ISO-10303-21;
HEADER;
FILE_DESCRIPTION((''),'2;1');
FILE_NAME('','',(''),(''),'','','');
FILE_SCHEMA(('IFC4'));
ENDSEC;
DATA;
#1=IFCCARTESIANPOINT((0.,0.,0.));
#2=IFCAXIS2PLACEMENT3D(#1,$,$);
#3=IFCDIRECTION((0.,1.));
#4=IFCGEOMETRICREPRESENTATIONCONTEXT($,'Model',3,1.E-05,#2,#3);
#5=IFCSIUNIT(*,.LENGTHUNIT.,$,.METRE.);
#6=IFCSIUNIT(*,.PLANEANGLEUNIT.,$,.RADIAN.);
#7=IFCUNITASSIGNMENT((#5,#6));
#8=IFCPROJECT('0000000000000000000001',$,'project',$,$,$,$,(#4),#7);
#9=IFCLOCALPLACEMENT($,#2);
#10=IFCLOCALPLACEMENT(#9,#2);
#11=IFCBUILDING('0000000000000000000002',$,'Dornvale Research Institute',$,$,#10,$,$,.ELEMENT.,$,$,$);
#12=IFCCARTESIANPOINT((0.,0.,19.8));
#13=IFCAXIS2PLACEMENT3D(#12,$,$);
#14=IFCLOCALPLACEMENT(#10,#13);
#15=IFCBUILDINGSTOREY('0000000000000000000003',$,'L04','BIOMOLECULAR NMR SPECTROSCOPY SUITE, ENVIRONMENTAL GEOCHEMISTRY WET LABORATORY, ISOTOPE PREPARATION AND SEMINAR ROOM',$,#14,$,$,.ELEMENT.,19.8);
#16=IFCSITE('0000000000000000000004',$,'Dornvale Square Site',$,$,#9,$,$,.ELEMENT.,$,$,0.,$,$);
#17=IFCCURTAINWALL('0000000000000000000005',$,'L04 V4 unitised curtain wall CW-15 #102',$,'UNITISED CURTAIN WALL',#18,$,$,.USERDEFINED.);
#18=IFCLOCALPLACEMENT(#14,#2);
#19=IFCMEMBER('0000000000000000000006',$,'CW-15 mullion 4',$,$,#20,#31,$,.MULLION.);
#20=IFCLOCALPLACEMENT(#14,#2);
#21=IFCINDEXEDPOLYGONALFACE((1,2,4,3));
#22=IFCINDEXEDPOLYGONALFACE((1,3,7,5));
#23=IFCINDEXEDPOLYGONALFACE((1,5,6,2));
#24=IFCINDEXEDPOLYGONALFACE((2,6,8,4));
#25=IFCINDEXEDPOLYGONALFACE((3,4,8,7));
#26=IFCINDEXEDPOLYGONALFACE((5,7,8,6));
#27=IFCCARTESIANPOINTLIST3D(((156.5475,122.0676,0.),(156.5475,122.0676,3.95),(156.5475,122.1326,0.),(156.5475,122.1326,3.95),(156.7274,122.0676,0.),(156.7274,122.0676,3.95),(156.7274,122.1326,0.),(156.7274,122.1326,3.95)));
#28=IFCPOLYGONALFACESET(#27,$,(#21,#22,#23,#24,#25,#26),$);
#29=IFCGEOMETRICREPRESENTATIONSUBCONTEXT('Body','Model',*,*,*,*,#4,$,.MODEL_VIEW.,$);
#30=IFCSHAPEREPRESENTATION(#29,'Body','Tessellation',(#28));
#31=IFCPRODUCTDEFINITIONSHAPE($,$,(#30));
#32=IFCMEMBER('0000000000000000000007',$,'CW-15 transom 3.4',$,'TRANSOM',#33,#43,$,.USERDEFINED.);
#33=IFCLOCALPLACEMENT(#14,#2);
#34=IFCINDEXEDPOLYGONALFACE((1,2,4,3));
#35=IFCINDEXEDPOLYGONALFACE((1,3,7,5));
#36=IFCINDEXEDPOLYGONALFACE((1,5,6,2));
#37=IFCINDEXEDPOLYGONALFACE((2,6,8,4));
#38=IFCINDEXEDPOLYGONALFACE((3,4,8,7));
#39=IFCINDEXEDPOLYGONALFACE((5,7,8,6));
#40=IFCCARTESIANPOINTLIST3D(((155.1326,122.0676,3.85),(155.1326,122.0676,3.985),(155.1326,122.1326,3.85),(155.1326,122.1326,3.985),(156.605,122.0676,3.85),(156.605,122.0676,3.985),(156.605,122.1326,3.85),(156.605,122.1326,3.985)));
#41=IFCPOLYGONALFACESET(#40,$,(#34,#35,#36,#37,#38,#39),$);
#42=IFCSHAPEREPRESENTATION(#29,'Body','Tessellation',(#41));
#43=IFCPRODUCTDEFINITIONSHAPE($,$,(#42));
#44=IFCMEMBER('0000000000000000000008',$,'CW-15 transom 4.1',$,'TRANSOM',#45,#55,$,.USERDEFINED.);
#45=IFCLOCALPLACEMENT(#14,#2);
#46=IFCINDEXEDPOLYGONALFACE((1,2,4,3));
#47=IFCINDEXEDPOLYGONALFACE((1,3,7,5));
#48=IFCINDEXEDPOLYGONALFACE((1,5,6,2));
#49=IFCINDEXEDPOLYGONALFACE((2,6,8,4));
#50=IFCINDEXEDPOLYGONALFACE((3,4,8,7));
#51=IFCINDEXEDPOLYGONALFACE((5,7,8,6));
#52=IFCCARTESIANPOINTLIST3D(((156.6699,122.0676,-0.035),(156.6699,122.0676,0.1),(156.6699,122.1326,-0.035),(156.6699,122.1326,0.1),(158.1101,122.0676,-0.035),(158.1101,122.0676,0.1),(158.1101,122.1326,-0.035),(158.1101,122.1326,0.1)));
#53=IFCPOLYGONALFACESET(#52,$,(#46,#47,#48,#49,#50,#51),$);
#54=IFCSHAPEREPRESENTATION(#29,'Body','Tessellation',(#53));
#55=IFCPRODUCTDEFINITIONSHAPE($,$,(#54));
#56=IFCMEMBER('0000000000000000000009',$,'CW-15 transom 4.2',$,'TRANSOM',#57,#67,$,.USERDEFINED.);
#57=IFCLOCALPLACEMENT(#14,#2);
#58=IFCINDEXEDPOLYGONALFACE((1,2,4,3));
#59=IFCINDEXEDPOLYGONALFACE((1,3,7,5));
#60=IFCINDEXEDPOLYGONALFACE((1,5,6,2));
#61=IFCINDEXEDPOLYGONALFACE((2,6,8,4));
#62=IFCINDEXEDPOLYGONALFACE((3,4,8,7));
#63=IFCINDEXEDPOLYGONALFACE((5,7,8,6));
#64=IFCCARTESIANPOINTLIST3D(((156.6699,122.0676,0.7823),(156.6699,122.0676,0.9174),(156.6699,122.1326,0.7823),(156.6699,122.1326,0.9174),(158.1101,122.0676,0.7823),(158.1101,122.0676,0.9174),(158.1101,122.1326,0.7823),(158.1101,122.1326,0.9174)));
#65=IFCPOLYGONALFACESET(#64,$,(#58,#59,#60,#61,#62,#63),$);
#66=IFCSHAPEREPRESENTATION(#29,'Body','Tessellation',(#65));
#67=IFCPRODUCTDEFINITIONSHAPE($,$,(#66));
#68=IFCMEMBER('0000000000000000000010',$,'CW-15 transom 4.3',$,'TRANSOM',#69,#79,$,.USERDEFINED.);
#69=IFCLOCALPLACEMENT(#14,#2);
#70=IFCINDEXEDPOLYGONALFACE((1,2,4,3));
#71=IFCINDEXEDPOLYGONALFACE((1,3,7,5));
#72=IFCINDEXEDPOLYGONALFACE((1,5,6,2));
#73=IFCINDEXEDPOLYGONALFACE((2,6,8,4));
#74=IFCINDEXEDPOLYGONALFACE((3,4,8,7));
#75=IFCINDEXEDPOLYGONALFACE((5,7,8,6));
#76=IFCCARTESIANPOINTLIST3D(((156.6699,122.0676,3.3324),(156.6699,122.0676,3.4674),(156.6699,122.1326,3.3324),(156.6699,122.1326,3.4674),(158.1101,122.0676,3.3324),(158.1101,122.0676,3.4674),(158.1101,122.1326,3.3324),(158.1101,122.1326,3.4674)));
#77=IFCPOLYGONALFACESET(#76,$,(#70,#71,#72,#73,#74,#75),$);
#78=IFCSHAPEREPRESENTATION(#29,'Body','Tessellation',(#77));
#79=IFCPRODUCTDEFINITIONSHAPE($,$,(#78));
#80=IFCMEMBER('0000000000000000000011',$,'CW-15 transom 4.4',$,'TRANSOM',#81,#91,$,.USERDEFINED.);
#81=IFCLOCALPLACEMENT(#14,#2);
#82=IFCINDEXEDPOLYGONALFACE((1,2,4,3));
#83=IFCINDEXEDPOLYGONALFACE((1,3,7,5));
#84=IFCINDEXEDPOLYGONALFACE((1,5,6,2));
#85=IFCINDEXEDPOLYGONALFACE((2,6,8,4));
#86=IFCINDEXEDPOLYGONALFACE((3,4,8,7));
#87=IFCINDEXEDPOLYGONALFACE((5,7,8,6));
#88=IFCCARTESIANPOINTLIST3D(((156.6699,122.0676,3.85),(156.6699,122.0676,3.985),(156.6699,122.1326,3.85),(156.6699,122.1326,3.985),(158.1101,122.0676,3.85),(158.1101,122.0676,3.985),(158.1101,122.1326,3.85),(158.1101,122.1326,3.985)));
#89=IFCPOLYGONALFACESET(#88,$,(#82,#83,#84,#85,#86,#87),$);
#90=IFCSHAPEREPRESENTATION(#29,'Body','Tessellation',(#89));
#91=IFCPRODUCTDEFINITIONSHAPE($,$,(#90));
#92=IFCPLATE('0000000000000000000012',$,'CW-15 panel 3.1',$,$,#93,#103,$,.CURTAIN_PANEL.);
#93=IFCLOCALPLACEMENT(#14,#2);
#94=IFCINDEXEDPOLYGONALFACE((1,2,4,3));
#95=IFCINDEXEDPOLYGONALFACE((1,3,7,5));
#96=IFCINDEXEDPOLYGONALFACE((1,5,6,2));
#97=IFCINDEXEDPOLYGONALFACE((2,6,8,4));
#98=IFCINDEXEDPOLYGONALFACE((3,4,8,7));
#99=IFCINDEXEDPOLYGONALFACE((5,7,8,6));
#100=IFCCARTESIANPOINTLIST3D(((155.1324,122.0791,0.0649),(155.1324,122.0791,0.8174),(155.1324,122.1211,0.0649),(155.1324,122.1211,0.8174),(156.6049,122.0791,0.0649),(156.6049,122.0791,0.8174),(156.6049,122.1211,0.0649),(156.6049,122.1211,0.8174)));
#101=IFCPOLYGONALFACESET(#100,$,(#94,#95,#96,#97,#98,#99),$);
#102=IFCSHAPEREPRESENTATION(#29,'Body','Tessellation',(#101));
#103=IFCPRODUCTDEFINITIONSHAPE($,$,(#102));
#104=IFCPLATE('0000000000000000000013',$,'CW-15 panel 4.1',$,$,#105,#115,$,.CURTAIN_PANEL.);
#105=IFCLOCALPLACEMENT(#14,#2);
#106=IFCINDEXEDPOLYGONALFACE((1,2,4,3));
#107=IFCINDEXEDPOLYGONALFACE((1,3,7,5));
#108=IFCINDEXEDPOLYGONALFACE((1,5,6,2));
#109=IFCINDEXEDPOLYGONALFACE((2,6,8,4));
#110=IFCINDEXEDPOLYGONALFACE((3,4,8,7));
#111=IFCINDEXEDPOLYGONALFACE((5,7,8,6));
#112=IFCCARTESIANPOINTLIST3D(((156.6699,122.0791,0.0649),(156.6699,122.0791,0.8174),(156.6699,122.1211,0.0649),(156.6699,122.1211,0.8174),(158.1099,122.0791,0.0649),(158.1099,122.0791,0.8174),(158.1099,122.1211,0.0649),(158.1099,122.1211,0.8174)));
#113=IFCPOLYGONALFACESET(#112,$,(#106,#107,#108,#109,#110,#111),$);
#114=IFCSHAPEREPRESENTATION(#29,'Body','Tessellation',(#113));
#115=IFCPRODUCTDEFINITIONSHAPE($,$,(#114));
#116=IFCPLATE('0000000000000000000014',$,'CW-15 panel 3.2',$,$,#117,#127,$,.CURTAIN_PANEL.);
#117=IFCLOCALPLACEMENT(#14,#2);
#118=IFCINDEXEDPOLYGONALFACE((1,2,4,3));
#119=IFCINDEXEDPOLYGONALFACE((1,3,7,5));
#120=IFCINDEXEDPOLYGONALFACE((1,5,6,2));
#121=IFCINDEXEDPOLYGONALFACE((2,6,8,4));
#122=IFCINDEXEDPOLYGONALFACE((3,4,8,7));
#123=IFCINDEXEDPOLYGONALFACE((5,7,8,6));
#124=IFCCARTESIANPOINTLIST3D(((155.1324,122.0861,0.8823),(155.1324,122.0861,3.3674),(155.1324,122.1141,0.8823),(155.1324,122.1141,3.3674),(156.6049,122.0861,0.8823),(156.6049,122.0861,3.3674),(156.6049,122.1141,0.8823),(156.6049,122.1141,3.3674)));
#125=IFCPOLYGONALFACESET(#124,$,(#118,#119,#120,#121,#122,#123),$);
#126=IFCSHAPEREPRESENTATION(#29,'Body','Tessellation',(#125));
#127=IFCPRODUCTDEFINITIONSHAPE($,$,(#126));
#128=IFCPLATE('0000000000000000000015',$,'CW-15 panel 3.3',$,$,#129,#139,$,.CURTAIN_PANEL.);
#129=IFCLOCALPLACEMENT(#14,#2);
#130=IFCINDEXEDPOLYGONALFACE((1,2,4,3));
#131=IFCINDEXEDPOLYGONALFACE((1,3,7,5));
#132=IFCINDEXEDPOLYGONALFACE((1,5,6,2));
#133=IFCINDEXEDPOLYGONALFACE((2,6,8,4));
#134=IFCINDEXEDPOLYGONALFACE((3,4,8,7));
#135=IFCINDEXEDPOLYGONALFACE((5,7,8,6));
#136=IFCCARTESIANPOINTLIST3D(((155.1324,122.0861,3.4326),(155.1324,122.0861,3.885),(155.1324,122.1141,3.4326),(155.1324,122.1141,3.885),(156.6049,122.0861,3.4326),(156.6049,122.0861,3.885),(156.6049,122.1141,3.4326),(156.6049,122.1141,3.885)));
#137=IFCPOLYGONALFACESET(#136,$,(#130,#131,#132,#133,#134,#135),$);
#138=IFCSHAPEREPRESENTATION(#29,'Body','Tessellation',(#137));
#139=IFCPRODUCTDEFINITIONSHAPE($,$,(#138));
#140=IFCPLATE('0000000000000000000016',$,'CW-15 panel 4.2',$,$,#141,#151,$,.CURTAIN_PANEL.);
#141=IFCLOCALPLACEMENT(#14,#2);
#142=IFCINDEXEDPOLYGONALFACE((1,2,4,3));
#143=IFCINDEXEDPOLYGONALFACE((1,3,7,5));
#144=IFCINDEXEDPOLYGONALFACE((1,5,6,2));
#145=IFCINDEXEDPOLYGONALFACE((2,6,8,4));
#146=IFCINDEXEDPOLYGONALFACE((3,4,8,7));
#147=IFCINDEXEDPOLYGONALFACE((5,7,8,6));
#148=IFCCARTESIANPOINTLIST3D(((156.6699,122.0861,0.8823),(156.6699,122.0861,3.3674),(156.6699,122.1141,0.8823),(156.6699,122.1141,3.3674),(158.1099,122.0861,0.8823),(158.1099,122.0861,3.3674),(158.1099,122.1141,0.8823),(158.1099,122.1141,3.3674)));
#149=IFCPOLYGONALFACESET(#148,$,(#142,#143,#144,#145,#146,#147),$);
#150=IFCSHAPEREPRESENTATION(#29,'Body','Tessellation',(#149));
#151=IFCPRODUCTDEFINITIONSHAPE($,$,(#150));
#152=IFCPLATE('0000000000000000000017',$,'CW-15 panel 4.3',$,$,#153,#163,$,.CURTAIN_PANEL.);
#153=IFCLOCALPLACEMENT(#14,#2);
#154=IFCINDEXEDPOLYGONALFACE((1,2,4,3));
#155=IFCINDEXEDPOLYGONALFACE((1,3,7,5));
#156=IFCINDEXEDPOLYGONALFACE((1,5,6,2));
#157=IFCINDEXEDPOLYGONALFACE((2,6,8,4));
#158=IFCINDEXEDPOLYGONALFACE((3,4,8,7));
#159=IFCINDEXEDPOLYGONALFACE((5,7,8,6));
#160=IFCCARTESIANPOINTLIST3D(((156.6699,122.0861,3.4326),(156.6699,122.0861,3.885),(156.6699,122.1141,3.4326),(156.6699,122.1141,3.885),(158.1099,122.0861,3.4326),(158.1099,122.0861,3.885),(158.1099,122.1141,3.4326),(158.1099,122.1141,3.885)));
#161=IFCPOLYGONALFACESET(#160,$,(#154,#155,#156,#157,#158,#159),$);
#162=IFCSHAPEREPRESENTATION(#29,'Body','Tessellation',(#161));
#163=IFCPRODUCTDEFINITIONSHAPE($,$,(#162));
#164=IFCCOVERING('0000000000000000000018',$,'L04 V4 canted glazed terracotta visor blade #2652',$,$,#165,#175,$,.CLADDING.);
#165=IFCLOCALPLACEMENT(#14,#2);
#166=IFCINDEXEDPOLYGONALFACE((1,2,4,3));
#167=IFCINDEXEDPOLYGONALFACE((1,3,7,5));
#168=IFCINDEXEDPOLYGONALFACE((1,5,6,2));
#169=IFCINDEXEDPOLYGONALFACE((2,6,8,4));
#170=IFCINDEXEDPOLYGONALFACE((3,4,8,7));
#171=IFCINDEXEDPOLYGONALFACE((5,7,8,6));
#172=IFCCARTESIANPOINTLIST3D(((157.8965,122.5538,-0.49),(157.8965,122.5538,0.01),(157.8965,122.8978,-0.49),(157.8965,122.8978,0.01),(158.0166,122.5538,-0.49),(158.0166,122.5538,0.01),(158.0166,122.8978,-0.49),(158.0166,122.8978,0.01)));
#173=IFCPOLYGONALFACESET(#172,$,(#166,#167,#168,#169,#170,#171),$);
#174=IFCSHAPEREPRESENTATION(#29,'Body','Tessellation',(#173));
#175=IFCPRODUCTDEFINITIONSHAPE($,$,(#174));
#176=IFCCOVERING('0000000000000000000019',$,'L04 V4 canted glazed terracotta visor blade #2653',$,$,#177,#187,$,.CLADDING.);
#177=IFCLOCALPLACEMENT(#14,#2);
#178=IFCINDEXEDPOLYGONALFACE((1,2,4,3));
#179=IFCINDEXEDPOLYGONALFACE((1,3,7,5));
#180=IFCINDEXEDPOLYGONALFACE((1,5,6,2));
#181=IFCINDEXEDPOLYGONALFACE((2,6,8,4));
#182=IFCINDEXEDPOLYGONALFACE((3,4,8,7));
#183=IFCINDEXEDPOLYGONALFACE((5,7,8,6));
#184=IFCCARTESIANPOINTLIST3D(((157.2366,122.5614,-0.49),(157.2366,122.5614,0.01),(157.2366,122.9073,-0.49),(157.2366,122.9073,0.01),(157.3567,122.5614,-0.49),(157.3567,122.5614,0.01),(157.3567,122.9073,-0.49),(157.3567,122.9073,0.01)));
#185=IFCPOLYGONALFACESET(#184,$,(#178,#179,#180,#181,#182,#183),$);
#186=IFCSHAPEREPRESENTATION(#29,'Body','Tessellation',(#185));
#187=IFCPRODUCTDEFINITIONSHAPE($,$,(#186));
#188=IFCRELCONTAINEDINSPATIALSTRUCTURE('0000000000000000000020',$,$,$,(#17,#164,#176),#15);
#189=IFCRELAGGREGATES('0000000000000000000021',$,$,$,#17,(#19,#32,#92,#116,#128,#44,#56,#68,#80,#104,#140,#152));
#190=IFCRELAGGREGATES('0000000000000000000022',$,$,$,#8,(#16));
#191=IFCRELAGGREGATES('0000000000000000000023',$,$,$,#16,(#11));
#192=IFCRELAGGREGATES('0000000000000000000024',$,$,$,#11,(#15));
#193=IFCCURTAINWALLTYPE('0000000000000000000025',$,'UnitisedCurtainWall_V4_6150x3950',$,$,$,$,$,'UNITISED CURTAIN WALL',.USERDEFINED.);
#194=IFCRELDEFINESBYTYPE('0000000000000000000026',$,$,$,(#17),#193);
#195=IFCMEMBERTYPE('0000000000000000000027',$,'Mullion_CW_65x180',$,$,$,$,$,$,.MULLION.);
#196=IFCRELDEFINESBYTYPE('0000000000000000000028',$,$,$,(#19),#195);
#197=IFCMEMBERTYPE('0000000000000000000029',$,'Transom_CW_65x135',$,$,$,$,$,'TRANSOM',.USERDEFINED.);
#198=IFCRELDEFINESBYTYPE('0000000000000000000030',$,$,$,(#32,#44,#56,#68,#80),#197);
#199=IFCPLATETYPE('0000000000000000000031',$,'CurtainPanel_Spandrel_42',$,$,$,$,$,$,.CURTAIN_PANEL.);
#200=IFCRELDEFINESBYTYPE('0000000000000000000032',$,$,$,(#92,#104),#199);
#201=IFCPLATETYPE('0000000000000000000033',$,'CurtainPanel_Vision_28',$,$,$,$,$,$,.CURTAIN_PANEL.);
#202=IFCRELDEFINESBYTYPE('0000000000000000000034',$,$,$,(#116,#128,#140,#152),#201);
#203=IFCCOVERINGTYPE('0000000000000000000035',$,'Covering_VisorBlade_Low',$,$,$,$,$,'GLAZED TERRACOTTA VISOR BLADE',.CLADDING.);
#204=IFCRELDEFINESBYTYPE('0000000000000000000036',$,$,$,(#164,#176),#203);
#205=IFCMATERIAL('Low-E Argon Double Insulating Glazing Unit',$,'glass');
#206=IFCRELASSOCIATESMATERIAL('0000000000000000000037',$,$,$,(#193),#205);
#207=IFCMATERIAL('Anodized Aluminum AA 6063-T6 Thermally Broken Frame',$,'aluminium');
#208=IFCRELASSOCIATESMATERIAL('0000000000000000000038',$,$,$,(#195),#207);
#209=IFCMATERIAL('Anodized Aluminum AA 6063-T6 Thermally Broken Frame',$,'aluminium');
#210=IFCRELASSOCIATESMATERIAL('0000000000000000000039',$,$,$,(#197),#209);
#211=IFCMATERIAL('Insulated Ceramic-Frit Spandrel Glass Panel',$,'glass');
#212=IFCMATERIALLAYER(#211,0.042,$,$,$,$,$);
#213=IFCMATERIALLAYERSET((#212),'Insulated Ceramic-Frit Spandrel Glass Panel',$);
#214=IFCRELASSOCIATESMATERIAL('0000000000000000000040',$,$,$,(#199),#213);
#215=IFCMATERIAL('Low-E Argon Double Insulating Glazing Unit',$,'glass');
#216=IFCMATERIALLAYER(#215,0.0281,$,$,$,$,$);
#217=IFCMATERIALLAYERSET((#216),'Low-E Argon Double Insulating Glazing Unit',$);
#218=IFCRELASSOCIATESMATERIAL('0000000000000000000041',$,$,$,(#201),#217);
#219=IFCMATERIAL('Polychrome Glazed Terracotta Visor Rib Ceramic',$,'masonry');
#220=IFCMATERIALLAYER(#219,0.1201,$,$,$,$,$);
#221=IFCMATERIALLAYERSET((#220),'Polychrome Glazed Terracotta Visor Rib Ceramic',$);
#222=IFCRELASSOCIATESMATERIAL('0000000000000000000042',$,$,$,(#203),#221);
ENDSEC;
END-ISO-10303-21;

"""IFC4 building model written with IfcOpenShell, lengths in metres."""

from ifc_helpers import new_model, si_unit, direction, frame, origin, origin_2d, place, context, subcontext, project, spatial, rectangle, extrude, material, layer, layer_set, material_profile, profile_set, type_object, element, aggregate, save


model = new_model("IFC4")

# Units and contexts
model_context = context("Model", 3, precision=1e-05, world=origin(), true_north=direction((0.0, 1.0)))
body_context = subcontext(model_context, "Body", "Model", "MODEL_VIEW")
ifc_project = project(units=[si_unit("LENGTHUNIT", "METRE"), si_unit("PLANEANGLEUNIT", "RADIAN")], contexts=[model_context])

# Site, building, storey
site_placement = place(None, origin())
site = spatial("IfcSite", under=ifc_project, at=site_placement, Name="Dornvale Square Site", CompositionType="ELEMENT", RefElevation=0.0)
building_placement = place(site_placement, origin())
building = spatial("IfcBuilding", under=site, at=building_placement, Name="Dornvale Research Institute", CompositionType="ELEMENT")
storey_placement = place(building_placement, frame((0.0, 0.0, 19.8)))
storey = spatial("IfcBuildingStorey", under=building, at=storey_placement, Name="L04", Description="BIOMOLECULAR NMR SPECTROSCOPY SUITE, ENVIRONMENTAL GEOCHEMISTRY WET LABORATORY, ISOTOPE PREPARATION AND SEMINAR ROOM", CompositionType="ELEMENT", Elevation=19.8)

# Curtain wall, members, plates
ifc_material_1 = material(Name="Low-E Argon Double Insulating Glazing Unit", Category="glass")
curtain_wall_type = type_object("IfcCurtainWallType", Name="UnitisedCurtainWall_V4_6150x3950", ElementType="UNITISED CURTAIN WALL", PredefinedType="USERDEFINED", material=ifc_material_1)
curtain_wall_placement = place(storey_placement, origin())
curtain_wall = element("IfcCurtainWall", 1, at=curtain_wall_placement, inside=storey, type_object=curtain_wall_type, Name="L04 V4 unitised curtain wall CW-15 #102", ObjectType="UNITISED CURTAIN WALL", PredefinedType="USERDEFINED")
ifc_material_2 = material(Name="Anodized Aluminum AA 6063-T6 Thermally Broken Frame", Category="aluminium")
ifc_material_profile_1 = material_profile(ifc_material_2, rectangle(XDim=0.0649, YDim=0.1799, at=origin_2d()), Name="ALU MULLION 65x180")
ifc_profile_set_1 = profile_set([ifc_material_profile_1], Name="Anodized Aluminum AA 6063-T6 Thermally Broken Frame")
member_type_1 = type_object("IfcMemberType", Name="Mullion_CW_65x180", PredefinedType="MULLION", material=ifc_profile_set_1)
member_1_placement = place(storey_placement, frame((156.6375, 122.1001, 0.0), z_axis=(0.0, 0.0, 1.0), x_axis=(0.0, 1.0, 0.0)))
member_1 = element("IfcMember", 2, at=member_1_placement, type_object=member_type_1, Name="CW-15 mullion 4", PredefinedType="MULLION", context=body_context, shape_type="SweptSolid", body=[
    extrude(rectangle(XDim=0.0649, YDim=0.1799, at=origin_2d()), origin(), (0.0, 0.0, 1.0), 3.95),
])
ifc_material_3 = material(Name="Anodized Aluminum AA 6063-T6 Thermally Broken Frame", Category="aluminium")
ifc_material_profile_2 = material_profile(ifc_material_3, rectangle(XDim=0.0649, YDim=0.135, at=origin_2d()), Name="ALU TRANSOM 65x135")
ifc_profile_set_2 = profile_set([ifc_material_profile_2], Name="Anodized Aluminum AA 6063-T6 Thermally Broken Frame")
member_type_2 = type_object("IfcMemberType", Name="Transom_CW_65x135", ElementType="TRANSOM", PredefinedType="USERDEFINED", material=ifc_profile_set_2)
member_2_placement = place(storey_placement, frame((155.1326, 122.1001, 3.9175), z_axis=(1.0, 0.0, 0.0), x_axis=(0.0, 1.0, 0.0)))
member_2 = element("IfcMember", 3, at=member_2_placement, type_object=member_type_2, Name="CW-15 transom 3.4", ObjectType="TRANSOM", PredefinedType="USERDEFINED", context=body_context, shape_type="SweptSolid", body=[
    extrude(rectangle(XDim=0.0649, YDim=0.135, at=origin_2d()), origin(), (0.0, 0.0, 1.0), 1.4724),
])
member_3_placement = place(storey_placement, frame((156.6699, 122.1001, 0.0325), z_axis=(1.0, 0.0, 0.0), x_axis=(0.0, 1.0, 0.0)))
member_3 = element("IfcMember", 4, at=member_3_placement, type_object=member_type_2, Name="CW-15 transom 4.1", ObjectType="TRANSOM", PredefinedType="USERDEFINED", context=body_context, shape_type="SweptSolid", body=[
    extrude(rectangle(XDim=0.0649, YDim=0.135, at=origin_2d()), origin(), (0.0, 0.0, 1.0), 1.4402),
])
member_4_placement = place(storey_placement, frame((156.6699, 122.1001, 0.8499), z_axis=(1.0, 0.0, 0.0), x_axis=(0.0, 1.0, 0.0)))
member_4 = element("IfcMember", 5, at=member_4_placement, type_object=member_type_2, Name="CW-15 transom 4.2", ObjectType="TRANSOM", PredefinedType="USERDEFINED", context=body_context, shape_type="SweptSolid", body=[
    extrude(rectangle(XDim=0.0649, YDim=0.135, at=origin_2d()), origin(), (0.0, 0.0, 1.0), 1.4402),
])
member_5_placement = place(storey_placement, frame((156.6699, 122.1001, 3.3999), z_axis=(1.0, 0.0, 0.0), x_axis=(0.0, 1.0, 0.0)))
member_5 = element("IfcMember", 6, at=member_5_placement, type_object=member_type_2, Name="CW-15 transom 4.3", ObjectType="TRANSOM", PredefinedType="USERDEFINED", context=body_context, shape_type="SweptSolid", body=[
    extrude(rectangle(XDim=0.0649, YDim=0.135, at=origin_2d()), origin(), (0.0, 0.0, 1.0), 1.4402),
])
member_6_placement = place(storey_placement, frame((156.6699, 122.1001, 3.9175), z_axis=(1.0, 0.0, 0.0), x_axis=(0.0, 1.0, 0.0)))
member_6 = element("IfcMember", 7, at=member_6_placement, type_object=member_type_2, Name="CW-15 transom 4.4", ObjectType="TRANSOM", PredefinedType="USERDEFINED", context=body_context, shape_type="SweptSolid", body=[
    extrude(rectangle(XDim=0.0649, YDim=0.135, at=origin_2d()), origin(), (0.0, 0.0, 1.0), 1.4402),
])
ifc_material_4 = material(Name="Insulated Ceramic-Frit Spandrel Glass Panel", Category="glass")
ifc_layer_1 = layer(ifc_material_4, 0.042)
ifc_layer_set_1 = layer_set([ifc_layer_1], Name="Insulated Ceramic-Frit Spandrel Glass Panel")
plate_type_1 = type_object("IfcPlateType", Name="CurtainPanel_Spandrel_42", PredefinedType="CURTAIN_PANEL", material=ifc_layer_set_1)
plate_1_placement = place(storey_placement, frame((155.8687, 122.1001, 0.0649), z_axis=(0.0, 0.0, 1.0), x_axis=(1.0, 0.0, 0.0)))
plate_1 = element("IfcPlate", 8, at=plate_1_placement, type_object=plate_type_1, Name="CW-15 panel 3.1", PredefinedType="CURTAIN_PANEL", context=body_context, shape_type="SweptSolid", body=[
    extrude(rectangle(XDim=1.4724, YDim=0.042, at=origin_2d()), origin(), (0.0, 0.0, 1.0), 0.7524),
])
plate_2_placement = place(storey_placement, frame((157.3899, 122.1001, 0.0649), z_axis=(0.0, 0.0, 1.0), x_axis=(1.0, 0.0, 0.0)))
plate_2 = element("IfcPlate", 9, at=plate_2_placement, type_object=plate_type_1, Name="CW-15 panel 4.1", PredefinedType="CURTAIN_PANEL", context=body_context, shape_type="SweptSolid", body=[
    extrude(rectangle(XDim=1.4399, YDim=0.042, at=origin_2d()), origin(), (0.0, 0.0, 1.0), 0.7524),
])
ifc_material_5 = material(Name="Low-E Argon Double Insulating Glazing Unit", Category="glass")
ifc_layer_2 = layer(ifc_material_5, 0.0281)
ifc_layer_set_2 = layer_set([ifc_layer_2], Name="Low-E Argon Double Insulating Glazing Unit")
plate_type_2 = type_object("IfcPlateType", Name="CurtainPanel_Vision_28", PredefinedType="CURTAIN_PANEL", material=ifc_layer_set_2)
plate_3_placement = place(storey_placement, frame((155.8687, 122.1001, 0.8823), z_axis=(0.0, 0.0, 1.0), x_axis=(1.0, 0.0, 0.0)))
plate_3 = element("IfcPlate", 10, at=plate_3_placement, type_object=plate_type_2, Name="CW-15 panel 3.2", PredefinedType="CURTAIN_PANEL", context=body_context, shape_type="SweptSolid", body=[
    extrude(rectangle(XDim=1.4724, YDim=0.0281, at=origin_2d()), origin(), (0.0, 0.0, 1.0), 2.4851),
])
plate_4_placement = place(storey_placement, frame((155.8687, 122.1001, 3.4326), z_axis=(0.0, 0.0, 1.0), x_axis=(1.0, 0.0, 0.0)))
plate_4 = element("IfcPlate", 11, at=plate_4_placement, type_object=plate_type_2, Name="CW-15 panel 3.3", PredefinedType="CURTAIN_PANEL", context=body_context, shape_type="SweptSolid", body=[
    extrude(rectangle(XDim=1.4724, YDim=0.0281, at=origin_2d()), origin(), (0.0, 0.0, 1.0), 0.4524),
])
plate_5_placement = place(storey_placement, frame((157.3899, 122.1001, 0.8823), z_axis=(0.0, 0.0, 1.0), x_axis=(1.0, 0.0, 0.0)))
plate_5 = element("IfcPlate", 12, at=plate_5_placement, type_object=plate_type_2, Name="CW-15 panel 4.2", PredefinedType="CURTAIN_PANEL", context=body_context, shape_type="SweptSolid", body=[
    extrude(rectangle(XDim=1.4399, YDim=0.0281, at=origin_2d()), origin(), (0.0, 0.0, 1.0), 2.4851),
])
plate_6_placement = place(storey_placement, frame((157.3899, 122.1001, 3.4326), z_axis=(0.0, 0.0, 1.0), x_axis=(1.0, 0.0, 0.0)))
plate_6 = element("IfcPlate", 13, at=plate_6_placement, type_object=plate_type_2, Name="CW-15 panel 4.3", PredefinedType="CURTAIN_PANEL", context=body_context, shape_type="SweptSolid", body=[
    extrude(rectangle(XDim=1.4399, YDim=0.0281, at=origin_2d()), origin(), (0.0, 0.0, 1.0), 0.4524),
])
aggregate(curtain_wall, [member_1, member_2, plate_1, plate_3, plate_4, member_3, member_4, member_5, member_6, plate_2, plate_5, plate_6])

# Coverings
ifc_material_6 = material(Name="Polychrome Glazed Terracotta Visor Rib Ceramic", Category="masonry")
ifc_layer_3 = layer(ifc_material_6, 0.1201)
ifc_layer_set_3 = layer_set([ifc_layer_3], Name="Polychrome Glazed Terracotta Visor Rib Ceramic")
covering_type = type_object("IfcCoveringType", Name="Covering_VisorBlade_Low", ElementType="GLAZED TERRACOTTA VISOR BLADE", PredefinedType="CLADDING", material=ifc_layer_set_3)
covering_1_placement = place(storey_placement, frame((157.9565, 122.7258, -0.49), z_axis=(0.0, 0.0, 1.0), x_axis=(0.0, 1.0, 0.0)))
element("IfcCovering", 14, at=covering_1_placement, inside=storey, type_object=covering_type, Name="L04 V4 canted glazed terracotta visor blade #2652", PredefinedType="CLADDING", context=body_context, shape_type="SweptSolid", body=[
    extrude(rectangle(XDim=0.344, YDim=0.1201, at=origin_2d()), origin(), (0.0, 0.0, 1.0), 0.5),
])
covering_2_placement = place(storey_placement, frame((157.2966, 122.7344, -0.49), z_axis=(0.0, 0.0, 1.0), x_axis=(0.0, 1.0, 0.0)))
element("IfcCovering", 15, at=covering_2_placement, inside=storey, type_object=covering_type, Name="L04 V4 canted glazed terracotta visor blade #2653", PredefinedType="CLADDING", context=body_context, shape_type="SweptSolid", body=[
    extrude(rectangle(XDim=0.3459, YDim=0.1201, at=origin_2d()), origin(), (0.0, 0.0, 1.0), 0.5),
])

save(model, "model.ifc")
